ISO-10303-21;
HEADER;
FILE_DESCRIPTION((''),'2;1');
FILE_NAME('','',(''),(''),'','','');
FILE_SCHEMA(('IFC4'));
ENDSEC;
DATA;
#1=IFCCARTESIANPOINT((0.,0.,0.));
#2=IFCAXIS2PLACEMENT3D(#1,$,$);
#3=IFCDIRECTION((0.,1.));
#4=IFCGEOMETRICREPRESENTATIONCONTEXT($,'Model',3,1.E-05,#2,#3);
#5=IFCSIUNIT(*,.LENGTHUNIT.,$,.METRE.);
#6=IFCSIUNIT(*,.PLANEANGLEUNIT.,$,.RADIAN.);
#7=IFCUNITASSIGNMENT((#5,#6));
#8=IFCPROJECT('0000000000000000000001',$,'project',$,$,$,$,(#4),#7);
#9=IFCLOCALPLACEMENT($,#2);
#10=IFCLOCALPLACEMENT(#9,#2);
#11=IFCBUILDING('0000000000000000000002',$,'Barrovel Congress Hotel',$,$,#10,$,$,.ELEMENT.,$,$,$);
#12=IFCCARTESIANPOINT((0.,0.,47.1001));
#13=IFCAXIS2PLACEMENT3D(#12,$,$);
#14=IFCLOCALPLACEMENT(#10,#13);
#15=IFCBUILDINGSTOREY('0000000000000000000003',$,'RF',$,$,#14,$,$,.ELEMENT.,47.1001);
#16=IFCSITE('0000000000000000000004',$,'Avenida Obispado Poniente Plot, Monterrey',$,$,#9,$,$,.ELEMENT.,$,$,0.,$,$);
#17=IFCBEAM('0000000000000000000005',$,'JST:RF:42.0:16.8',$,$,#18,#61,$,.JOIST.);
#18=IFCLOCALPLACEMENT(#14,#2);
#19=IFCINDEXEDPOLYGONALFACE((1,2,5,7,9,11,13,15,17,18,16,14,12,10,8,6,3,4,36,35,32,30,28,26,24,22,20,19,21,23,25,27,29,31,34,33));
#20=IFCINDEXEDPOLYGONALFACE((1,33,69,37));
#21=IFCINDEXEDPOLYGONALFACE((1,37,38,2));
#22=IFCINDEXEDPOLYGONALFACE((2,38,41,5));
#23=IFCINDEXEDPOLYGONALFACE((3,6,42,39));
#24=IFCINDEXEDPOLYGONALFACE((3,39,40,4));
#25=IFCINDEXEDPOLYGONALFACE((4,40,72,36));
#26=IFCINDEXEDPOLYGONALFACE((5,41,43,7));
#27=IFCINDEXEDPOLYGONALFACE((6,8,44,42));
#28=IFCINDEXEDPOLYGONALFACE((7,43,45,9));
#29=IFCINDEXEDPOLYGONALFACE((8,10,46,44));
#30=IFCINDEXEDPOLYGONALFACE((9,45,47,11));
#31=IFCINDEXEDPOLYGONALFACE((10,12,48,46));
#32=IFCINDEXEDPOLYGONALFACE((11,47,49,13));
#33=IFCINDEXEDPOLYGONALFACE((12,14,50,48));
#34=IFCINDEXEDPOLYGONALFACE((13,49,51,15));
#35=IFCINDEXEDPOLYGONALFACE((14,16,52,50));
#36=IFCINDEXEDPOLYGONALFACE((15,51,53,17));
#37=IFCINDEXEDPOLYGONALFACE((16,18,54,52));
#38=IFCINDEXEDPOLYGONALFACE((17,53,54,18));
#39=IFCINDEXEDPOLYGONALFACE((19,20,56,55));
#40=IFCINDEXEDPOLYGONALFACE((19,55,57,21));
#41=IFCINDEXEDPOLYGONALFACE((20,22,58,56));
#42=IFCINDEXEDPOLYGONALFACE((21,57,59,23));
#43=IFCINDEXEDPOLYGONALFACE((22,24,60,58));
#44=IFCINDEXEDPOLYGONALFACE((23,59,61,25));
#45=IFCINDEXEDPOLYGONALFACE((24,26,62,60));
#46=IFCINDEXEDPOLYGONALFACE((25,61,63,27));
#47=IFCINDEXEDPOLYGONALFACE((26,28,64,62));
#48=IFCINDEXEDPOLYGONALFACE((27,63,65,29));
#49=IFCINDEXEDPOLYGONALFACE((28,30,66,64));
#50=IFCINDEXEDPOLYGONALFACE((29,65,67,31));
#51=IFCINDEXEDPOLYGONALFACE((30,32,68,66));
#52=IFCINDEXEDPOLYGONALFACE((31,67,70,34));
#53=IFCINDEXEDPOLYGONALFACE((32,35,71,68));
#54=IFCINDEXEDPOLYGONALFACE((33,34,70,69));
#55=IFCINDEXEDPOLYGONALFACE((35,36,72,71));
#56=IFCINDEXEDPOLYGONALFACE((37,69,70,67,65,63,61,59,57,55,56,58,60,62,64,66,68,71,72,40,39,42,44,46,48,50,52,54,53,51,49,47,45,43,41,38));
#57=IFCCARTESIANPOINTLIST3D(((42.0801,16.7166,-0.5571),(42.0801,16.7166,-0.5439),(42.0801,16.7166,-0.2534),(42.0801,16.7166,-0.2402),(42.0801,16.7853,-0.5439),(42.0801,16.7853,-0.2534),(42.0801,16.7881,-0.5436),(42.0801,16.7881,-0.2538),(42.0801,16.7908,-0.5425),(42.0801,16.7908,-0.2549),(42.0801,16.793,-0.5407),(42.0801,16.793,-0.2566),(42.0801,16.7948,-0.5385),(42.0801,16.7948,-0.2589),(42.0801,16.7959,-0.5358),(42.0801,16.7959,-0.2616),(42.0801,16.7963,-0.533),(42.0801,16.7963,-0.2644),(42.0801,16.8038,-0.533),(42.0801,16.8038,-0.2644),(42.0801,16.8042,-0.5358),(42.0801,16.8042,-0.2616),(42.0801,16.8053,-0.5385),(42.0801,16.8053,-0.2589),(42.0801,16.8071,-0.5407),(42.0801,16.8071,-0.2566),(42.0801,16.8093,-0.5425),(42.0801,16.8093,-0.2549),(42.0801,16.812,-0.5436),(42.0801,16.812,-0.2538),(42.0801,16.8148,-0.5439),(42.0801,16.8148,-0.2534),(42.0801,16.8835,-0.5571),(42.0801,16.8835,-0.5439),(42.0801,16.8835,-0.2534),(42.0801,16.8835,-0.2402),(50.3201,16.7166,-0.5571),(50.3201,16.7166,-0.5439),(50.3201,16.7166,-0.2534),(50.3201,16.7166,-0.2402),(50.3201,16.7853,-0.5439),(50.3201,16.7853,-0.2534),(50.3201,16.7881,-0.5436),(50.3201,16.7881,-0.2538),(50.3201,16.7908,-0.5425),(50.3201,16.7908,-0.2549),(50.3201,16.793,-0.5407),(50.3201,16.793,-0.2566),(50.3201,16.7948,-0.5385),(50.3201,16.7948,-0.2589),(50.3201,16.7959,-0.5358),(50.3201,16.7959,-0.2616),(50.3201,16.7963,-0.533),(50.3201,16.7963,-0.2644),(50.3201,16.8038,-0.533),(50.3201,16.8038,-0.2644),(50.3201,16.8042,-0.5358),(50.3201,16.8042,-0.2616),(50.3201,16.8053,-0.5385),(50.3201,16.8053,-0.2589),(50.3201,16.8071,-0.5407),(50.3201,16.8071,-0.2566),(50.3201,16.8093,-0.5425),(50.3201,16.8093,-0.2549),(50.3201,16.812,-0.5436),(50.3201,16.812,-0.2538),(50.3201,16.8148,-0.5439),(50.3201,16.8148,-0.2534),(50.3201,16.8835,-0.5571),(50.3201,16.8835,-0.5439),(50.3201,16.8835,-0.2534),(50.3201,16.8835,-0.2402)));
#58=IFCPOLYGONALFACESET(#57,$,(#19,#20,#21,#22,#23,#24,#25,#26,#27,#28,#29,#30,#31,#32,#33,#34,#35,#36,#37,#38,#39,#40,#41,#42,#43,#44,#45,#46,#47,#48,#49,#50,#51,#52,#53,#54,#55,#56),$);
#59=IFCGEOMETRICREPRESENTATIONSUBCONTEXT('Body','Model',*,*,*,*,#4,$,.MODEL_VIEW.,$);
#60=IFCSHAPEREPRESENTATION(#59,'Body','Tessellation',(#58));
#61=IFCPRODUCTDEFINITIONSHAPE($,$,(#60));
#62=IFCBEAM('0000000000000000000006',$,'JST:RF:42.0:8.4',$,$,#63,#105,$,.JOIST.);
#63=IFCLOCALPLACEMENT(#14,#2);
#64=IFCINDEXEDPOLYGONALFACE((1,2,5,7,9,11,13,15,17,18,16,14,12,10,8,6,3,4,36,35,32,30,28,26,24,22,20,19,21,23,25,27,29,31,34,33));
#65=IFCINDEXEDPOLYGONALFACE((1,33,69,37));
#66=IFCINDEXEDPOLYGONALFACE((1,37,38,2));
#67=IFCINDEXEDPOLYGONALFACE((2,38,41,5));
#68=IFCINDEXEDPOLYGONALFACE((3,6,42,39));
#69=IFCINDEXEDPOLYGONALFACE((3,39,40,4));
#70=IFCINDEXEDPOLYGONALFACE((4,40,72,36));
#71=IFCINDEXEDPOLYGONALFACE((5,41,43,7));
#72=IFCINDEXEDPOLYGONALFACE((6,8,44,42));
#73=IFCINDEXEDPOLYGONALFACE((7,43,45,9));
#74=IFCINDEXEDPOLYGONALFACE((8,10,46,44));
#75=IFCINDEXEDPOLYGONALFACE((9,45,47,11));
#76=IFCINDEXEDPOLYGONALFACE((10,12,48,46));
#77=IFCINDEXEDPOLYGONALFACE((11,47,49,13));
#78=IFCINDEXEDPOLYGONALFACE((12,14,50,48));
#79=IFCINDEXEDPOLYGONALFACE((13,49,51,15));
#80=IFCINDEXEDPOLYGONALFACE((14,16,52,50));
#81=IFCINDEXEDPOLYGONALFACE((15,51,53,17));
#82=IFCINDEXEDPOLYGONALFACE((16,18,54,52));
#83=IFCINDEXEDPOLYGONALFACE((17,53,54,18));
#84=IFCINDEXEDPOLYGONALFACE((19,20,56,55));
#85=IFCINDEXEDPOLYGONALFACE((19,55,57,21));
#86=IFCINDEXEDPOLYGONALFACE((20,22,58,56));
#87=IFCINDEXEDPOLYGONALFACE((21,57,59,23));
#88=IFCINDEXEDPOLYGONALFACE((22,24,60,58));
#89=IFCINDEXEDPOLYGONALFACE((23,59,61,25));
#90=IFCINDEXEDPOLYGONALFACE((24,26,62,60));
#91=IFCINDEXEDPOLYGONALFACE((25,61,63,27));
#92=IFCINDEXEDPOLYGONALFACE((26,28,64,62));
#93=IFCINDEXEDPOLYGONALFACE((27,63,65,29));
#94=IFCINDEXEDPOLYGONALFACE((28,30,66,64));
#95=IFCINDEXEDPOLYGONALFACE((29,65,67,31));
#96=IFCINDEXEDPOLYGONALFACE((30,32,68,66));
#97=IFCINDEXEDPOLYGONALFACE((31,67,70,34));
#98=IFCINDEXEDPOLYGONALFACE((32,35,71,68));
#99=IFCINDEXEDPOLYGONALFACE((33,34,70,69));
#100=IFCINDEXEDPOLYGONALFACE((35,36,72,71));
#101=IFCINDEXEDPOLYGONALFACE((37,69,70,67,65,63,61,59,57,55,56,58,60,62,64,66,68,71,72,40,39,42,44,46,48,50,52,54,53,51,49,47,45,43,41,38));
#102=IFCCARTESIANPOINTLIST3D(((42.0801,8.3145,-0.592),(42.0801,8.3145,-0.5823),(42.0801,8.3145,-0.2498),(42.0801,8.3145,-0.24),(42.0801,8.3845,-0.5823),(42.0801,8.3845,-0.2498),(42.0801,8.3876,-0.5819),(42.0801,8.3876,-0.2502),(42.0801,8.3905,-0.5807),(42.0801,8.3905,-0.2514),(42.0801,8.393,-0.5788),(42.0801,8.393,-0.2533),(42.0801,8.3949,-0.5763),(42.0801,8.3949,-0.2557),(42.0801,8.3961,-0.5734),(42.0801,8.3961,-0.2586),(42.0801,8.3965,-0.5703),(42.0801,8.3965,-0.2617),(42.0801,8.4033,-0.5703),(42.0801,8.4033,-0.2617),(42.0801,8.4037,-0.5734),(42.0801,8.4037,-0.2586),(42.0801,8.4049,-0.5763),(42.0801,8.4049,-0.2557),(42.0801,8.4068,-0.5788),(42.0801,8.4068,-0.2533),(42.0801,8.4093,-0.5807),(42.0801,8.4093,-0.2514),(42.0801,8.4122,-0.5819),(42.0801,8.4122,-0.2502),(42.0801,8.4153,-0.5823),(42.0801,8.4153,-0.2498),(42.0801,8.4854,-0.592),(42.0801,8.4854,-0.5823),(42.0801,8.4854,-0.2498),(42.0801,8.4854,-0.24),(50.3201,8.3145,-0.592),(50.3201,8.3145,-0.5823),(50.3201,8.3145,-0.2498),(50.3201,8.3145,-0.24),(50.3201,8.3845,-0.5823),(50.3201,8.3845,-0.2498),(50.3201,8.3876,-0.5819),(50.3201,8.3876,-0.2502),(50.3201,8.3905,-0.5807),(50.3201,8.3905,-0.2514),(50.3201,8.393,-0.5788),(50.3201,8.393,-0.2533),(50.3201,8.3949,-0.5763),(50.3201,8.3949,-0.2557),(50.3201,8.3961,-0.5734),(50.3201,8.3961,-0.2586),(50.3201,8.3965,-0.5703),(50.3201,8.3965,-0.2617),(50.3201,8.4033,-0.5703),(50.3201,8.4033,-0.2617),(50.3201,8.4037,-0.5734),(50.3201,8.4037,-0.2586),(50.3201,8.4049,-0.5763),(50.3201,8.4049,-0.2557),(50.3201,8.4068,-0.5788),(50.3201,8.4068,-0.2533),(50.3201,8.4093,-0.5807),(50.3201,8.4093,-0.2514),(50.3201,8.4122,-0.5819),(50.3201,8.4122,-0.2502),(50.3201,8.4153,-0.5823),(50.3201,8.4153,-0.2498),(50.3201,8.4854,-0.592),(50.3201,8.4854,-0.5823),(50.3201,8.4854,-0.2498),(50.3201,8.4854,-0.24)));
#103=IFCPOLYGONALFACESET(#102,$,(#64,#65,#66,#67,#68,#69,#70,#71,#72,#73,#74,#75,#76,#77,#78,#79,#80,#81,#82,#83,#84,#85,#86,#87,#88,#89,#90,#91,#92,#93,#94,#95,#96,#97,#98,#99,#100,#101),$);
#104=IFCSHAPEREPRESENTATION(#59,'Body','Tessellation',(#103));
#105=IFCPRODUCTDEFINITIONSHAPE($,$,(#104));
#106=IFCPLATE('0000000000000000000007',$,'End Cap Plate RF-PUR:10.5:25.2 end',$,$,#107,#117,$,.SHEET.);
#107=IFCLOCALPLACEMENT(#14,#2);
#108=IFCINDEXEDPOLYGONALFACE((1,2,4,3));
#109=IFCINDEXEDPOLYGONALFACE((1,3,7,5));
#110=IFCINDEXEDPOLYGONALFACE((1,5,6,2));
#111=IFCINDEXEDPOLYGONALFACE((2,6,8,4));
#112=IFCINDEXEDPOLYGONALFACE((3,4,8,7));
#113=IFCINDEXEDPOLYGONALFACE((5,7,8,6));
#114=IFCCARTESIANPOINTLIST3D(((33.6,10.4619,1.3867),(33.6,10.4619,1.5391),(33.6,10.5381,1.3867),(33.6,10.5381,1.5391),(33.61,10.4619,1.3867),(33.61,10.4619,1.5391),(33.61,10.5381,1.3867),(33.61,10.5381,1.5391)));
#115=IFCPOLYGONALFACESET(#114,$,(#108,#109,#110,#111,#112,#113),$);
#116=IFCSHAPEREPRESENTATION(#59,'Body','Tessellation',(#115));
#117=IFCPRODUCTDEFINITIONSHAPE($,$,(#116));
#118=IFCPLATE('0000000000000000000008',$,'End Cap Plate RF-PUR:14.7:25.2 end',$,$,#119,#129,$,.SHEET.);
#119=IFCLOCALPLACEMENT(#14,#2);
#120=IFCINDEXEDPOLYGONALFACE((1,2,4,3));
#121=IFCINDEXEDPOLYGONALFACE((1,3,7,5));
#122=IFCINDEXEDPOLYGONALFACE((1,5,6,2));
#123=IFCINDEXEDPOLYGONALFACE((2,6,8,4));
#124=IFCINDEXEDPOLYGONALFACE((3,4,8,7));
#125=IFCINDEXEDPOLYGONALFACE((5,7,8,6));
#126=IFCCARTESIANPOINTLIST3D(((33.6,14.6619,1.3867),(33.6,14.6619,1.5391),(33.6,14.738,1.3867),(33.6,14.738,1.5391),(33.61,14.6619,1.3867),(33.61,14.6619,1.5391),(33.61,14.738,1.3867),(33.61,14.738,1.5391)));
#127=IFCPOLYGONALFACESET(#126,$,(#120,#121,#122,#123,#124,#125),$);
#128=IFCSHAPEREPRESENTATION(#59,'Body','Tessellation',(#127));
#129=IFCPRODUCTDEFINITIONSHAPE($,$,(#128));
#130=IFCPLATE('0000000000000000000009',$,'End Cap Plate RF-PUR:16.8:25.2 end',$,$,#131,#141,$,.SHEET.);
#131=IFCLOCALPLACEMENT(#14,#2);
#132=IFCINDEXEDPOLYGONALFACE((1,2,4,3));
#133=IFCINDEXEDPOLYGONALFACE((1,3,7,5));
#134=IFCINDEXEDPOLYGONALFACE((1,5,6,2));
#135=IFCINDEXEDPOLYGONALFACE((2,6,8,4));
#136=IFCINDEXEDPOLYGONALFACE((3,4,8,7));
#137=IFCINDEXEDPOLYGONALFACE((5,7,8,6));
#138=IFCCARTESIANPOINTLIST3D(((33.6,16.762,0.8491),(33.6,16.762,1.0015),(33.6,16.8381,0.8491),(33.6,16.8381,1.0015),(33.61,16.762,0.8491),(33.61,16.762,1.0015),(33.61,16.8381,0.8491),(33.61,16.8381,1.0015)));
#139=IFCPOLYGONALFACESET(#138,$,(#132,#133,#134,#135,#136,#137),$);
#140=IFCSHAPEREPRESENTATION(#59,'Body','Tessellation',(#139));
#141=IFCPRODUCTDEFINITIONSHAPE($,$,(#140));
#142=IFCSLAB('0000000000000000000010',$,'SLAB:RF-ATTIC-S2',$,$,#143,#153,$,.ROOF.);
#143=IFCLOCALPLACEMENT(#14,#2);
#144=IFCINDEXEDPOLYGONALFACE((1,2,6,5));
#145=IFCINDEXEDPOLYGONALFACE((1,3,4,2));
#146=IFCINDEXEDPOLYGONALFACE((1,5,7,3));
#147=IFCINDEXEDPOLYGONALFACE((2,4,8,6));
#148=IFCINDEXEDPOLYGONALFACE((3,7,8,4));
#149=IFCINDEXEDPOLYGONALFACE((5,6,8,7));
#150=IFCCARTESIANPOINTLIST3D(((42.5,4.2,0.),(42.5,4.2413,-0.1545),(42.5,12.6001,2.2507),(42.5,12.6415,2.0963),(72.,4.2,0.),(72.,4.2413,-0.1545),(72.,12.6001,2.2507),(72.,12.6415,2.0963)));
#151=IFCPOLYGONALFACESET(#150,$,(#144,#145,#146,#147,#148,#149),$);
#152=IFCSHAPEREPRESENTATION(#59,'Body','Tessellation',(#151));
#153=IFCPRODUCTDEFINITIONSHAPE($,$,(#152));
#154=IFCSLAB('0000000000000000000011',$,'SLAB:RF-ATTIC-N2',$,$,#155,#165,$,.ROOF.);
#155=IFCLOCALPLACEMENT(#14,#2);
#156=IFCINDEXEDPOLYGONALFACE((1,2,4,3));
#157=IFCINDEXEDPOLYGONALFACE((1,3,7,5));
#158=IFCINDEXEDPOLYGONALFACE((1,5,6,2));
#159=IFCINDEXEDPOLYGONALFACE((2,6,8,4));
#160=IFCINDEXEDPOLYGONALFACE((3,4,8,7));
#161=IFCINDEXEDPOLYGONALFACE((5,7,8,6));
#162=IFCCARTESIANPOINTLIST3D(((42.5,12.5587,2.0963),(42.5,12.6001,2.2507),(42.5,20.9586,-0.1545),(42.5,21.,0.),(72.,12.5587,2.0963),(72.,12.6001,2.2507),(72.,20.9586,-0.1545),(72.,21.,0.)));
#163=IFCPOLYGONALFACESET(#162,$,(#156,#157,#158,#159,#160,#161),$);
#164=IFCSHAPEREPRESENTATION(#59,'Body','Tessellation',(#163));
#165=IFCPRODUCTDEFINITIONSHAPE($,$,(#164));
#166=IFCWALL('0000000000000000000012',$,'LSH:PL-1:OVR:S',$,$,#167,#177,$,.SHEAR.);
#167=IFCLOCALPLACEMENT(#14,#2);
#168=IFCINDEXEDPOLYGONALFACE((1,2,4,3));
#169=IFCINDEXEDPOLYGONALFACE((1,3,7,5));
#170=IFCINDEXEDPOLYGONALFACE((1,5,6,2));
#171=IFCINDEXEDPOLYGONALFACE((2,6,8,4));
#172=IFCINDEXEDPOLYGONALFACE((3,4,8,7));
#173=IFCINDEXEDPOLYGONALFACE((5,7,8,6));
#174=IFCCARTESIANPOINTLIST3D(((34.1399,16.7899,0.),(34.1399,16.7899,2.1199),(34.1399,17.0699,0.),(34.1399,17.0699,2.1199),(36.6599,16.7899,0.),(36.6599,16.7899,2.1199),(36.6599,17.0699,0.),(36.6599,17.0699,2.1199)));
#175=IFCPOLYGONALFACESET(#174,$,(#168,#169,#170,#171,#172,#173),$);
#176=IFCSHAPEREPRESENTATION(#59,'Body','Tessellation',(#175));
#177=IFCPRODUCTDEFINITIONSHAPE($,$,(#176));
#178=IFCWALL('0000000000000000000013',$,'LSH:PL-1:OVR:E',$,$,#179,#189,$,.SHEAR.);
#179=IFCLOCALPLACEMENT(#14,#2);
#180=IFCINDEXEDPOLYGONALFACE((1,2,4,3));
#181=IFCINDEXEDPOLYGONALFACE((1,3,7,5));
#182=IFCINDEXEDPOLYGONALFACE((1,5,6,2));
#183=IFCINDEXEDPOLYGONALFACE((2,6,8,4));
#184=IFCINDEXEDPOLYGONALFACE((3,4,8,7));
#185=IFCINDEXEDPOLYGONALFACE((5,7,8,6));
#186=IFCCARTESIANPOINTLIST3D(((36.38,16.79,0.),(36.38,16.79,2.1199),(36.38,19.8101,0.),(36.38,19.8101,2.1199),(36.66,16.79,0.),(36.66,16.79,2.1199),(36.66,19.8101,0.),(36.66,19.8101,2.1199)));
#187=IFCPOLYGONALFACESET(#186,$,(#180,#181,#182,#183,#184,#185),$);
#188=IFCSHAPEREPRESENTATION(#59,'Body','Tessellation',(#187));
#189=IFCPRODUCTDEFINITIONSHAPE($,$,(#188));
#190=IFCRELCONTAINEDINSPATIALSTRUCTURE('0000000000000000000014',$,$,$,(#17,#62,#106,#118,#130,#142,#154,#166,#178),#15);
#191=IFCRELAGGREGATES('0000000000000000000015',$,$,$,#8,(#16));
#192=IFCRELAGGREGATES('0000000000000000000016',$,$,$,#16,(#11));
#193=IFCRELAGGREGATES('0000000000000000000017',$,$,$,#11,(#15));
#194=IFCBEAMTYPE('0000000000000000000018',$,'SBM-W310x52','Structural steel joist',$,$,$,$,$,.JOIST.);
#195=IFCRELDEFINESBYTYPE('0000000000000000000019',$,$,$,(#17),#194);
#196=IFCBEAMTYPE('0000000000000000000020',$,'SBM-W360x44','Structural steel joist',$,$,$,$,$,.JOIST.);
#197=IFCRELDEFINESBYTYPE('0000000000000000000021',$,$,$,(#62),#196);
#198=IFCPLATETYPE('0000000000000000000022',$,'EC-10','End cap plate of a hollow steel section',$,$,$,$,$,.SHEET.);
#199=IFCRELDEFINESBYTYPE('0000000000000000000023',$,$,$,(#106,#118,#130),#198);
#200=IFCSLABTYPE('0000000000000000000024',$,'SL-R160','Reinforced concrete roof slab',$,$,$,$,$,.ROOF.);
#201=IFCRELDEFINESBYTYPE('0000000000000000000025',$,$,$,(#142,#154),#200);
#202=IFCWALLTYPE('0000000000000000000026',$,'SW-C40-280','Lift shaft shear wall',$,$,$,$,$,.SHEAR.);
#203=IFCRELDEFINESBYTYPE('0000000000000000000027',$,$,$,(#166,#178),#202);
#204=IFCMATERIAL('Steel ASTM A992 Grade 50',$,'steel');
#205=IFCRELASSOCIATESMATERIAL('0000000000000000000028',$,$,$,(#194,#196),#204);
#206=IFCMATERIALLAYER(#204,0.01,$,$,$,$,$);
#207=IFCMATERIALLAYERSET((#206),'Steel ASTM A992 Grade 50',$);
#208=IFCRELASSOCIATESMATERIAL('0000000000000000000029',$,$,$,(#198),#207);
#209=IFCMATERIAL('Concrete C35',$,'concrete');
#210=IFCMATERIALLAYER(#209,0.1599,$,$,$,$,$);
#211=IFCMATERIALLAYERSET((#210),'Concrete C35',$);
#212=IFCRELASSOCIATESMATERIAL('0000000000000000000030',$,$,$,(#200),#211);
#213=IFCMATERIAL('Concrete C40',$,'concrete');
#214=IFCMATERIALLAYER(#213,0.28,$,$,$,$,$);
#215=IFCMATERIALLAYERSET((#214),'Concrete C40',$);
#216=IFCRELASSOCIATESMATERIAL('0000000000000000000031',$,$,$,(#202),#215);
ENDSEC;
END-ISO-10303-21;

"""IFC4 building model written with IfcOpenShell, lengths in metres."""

from ifc_helpers import new_model, si_unit, direction, frame, frame_2d, origin, origin_2d, place, context, subcontext, project, spatial, polyline, rectangle, i_section, outline, extrude, material, layer, layer_set, material_profile, profile_set, type_object, element, save


model = new_model("IFC4")

# Units and contexts
model_context = context("Model", 3, precision=1e-05, world=origin(), true_north=direction((0.0, 1.0)))
body_context = subcontext(model_context, "Body", "Model", "MODEL_VIEW")
ifc_project = project(units=[si_unit("LENGTHUNIT", "METRE"), si_unit("PLANEANGLEUNIT", "RADIAN")], contexts=[model_context])

# Site, building, storey
site_placement = place(None, origin())
site = spatial("IfcSite", under=ifc_project, at=site_placement, Name="Avenida Obispado Poniente Plot, Monterrey", CompositionType="ELEMENT", RefElevation=0.0)
building_placement = place(site_placement, origin())
building = spatial("IfcBuilding", under=site, at=building_placement, Name="Barrovel Congress Hotel", CompositionType="ELEMENT")
storey_placement = place(building_placement, frame((0.0, 0.0, 47.1001)))
storey = spatial("IfcBuildingStorey", under=building, at=storey_placement, Name="RF", CompositionType="ELEMENT", Elevation=47.1001)

# Beams
ifc_material_1 = material(Name="Concrete C40", Category="concrete")
ifc_material_2 = material(Name="Steel ASTM A992 Grade 50", Category="steel")
ifc_material_profile_1 = material_profile(ifc_material_2, i_section(OverallWidth=0.167, OverallDepth=0.3169, WebThickness=0.0076, FlangeThickness=0.0132, FilletRadius=0.011, at=origin_2d()), Name="W310x52")
ifc_profile_set_1 = profile_set([ifc_material_profile_1], Name="Steel ASTM A992 Grade 50")
beam_type_1 = type_object("IfcBeamType", Name="SBM-W310x52", Description="Structural steel joist", PredefinedType="JOIST", material=ifc_profile_set_1)
beam_1_placement = place(storey_placement, frame((42.0801, 16.8, -0.3987), z_axis=(1.0, 0.0, 0.0), x_axis=(0.0, 1.0, 0.0)))
element("IfcBeam", 1, at=beam_1_placement, inside=storey, type_object=beam_type_1, Name="JST:RF:42.0:16.8", PredefinedType="JOIST", context=body_context, shape_type="SweptSolid", body=[
    extrude(i_section(OverallWidth=0.167, OverallDepth=0.3169, WebThickness=0.0076, FlangeThickness=0.0132, FilletRadius=0.011, at=origin_2d()), origin(), (0.0, 0.0, 1.0), 8.24),
])
ifc_material_profile_2 = material_profile(ifc_material_2, i_section(OverallWidth=0.1709, OverallDepth=0.3521, WebThickness=0.0068, FlangeThickness=0.0098, FilletRadius=0.012, at=origin_2d()), Name="W360x44")
ifc_profile_set_2 = profile_set([ifc_material_profile_2], Name="Steel ASTM A992 Grade 50")
beam_type_2 = type_object("IfcBeamType", Name="SBM-W360x44", Description="Structural steel joist", PredefinedType="JOIST", material=ifc_profile_set_2)
beam_2_placement = place(storey_placement, frame((42.0801, 8.3999, -0.416), z_axis=(1.0, 0.0, 0.0), x_axis=(0.0, 1.0, 0.0)))
element("IfcBeam", 2, at=beam_2_placement, inside=storey, type_object=beam_type_2, Name="JST:RF:42.0:8.4", PredefinedType="JOIST", context=body_context, shape_type="SweptSolid", body=[
    extrude(i_section(OverallWidth=0.1709, OverallDepth=0.3521, WebThickness=0.0068, FlangeThickness=0.0098, FilletRadius=0.012, at=origin_2d()), origin(), (0.0, 0.0, 1.0), 8.24),
])

# Plates
ifc_layer_1 = layer(ifc_material_2, 0.01)
ifc_layer_set_1 = layer_set([ifc_layer_1], Name="Steel ASTM A992 Grade 50")
plate_type = type_object("IfcPlateType", Name="EC-10", Description="End cap plate of a hollow steel section", PredefinedType="SHEET", material=ifc_layer_set_1)
for number, where, z_axis, x_axis, name in (
    (3, (33.605, 10.5, 1.3867), (0.0, 0.0, 1.0), (1.0, 0.0, 0.0), "End Cap Plate RF-PUR:10.5:25.2 end"),
    (4, (33.605, 14.7, 1.3867), (0.0, 0.0, 1.0), (1.0, 0.0, 0.0), "End Cap Plate RF-PUR:14.7:25.2 end"),
    (5, (33.605, 16.8, 0.8491), (0.0, 0.0, 1.0), (1.0, 0.0, 0.0), "End Cap Plate RF-PUR:16.8:25.2 end"),
):
    element("IfcPlate", number, at=place(storey_placement, frame(where, z_axis=z_axis, x_axis=x_axis)), inside=storey, type_object=plate_type, Name=name, PredefinedType="SHEET", context=body_context, shape_type="SweptSolid", body=[
        extrude(rectangle(XDim=0.01, YDim=0.0762, at=origin_2d()), origin(), (0.0, 0.0, 1.0), 0.1523),
    ])

# Slabs
ifc_material_3 = material(Name="Concrete C35", Category="concrete")
ifc_layer_2 = layer(ifc_material_3, 0.1599)
ifc_layer_set_2 = layer_set([ifc_layer_2], Name="Concrete C35")
slab_type = type_object("IfcSlabType", Name="SL-R160", Description="Reinforced concrete roof slab", PredefinedType="ROOF", material=ifc_layer_set_2)
slab_1_placement = place(storey_placement, frame((42.5, 4.2, 0.0), z_axis=(0.0, -0.25881, 0.965928), x_axis=(1.0, 0.0, 0.0)))
element("IfcSlab", 6, at=slab_1_placement, inside=storey, type_object=slab_type, Name="SLAB:RF-ATTIC-S2", PredefinedType="ROOF", context=body_context, shape_type="SweptSolid", body=[
    extrude(outline(polyline([(0.0, 0.0), (29.5, 0.0), (29.5, 8.6965), (0.0, 8.6965), (0.0, 0.0)])), origin(), (0.0, 0.0, -1.0), 0.1599),
])
slab_2_placement = place(storey_placement, frame((42.5, 12.6001, 2.2507), z_axis=(0.0, 0.258817, 0.965926), x_axis=(1.0, 0.0, 0.0)))
element("IfcSlab", 7, at=slab_2_placement, inside=storey, type_object=slab_type, Name="SLAB:RF-ATTIC-N2", PredefinedType="ROOF", context=body_context, shape_type="SweptSolid", body=[
    extrude(outline(polyline([(0.0, 0.0), (29.5, 0.0), (29.5, 8.6962), (0.0, 8.6962), (0.0, 0.0)])), origin(), (0.0, 0.0, -1.0), 0.1599),
])

# Walls
ifc_layer_3 = layer(ifc_material_1, 0.28)
ifc_layer_set_3 = layer_set([ifc_layer_3], Name="Concrete C40")
wall_type = type_object("IfcWallType", Name="SW-C40-280", Description="Lift shaft shear wall", PredefinedType="SHEAR", material=ifc_layer_set_3)
wall_1_placement = place(storey_placement, frame((34.1399, 16.9299, 0.0), z_axis=(0.0, 0.0, 1.0), x_axis=(1.0, 0.0, 0.0)))
element("IfcWall", 8, at=wall_1_placement, inside=storey, type_object=wall_type, Name="LSH:PL-1:OVR:S", PredefinedType="SHEAR", context=body_context, shape_type="SweptSolid", body=[
    extrude(rectangle(XDim=2.52, YDim=0.28, at=frame_2d((1.26, 0.0))), origin(), (0.0, 0.0, 1.0), 2.1199),
])
wall_2_placement = place(storey_placement, frame((36.52, 16.79, 0.0), z_axis=(0.0, 0.0, 1.0), x_axis=(0.0, 1.0, 0.0)))
element("IfcWall", 9, at=wall_2_placement, inside=storey, type_object=wall_type, Name="LSH:PL-1:OVR:E", PredefinedType="SHEAR", context=body_context, shape_type="SweptSolid", body=[
    extrude(rectangle(XDim=3.02, YDim=0.28, at=frame_2d((1.51, 0.0))), origin(), (0.0, 0.0, 1.0), 2.1199),
])

save(model, "model.ifc")
